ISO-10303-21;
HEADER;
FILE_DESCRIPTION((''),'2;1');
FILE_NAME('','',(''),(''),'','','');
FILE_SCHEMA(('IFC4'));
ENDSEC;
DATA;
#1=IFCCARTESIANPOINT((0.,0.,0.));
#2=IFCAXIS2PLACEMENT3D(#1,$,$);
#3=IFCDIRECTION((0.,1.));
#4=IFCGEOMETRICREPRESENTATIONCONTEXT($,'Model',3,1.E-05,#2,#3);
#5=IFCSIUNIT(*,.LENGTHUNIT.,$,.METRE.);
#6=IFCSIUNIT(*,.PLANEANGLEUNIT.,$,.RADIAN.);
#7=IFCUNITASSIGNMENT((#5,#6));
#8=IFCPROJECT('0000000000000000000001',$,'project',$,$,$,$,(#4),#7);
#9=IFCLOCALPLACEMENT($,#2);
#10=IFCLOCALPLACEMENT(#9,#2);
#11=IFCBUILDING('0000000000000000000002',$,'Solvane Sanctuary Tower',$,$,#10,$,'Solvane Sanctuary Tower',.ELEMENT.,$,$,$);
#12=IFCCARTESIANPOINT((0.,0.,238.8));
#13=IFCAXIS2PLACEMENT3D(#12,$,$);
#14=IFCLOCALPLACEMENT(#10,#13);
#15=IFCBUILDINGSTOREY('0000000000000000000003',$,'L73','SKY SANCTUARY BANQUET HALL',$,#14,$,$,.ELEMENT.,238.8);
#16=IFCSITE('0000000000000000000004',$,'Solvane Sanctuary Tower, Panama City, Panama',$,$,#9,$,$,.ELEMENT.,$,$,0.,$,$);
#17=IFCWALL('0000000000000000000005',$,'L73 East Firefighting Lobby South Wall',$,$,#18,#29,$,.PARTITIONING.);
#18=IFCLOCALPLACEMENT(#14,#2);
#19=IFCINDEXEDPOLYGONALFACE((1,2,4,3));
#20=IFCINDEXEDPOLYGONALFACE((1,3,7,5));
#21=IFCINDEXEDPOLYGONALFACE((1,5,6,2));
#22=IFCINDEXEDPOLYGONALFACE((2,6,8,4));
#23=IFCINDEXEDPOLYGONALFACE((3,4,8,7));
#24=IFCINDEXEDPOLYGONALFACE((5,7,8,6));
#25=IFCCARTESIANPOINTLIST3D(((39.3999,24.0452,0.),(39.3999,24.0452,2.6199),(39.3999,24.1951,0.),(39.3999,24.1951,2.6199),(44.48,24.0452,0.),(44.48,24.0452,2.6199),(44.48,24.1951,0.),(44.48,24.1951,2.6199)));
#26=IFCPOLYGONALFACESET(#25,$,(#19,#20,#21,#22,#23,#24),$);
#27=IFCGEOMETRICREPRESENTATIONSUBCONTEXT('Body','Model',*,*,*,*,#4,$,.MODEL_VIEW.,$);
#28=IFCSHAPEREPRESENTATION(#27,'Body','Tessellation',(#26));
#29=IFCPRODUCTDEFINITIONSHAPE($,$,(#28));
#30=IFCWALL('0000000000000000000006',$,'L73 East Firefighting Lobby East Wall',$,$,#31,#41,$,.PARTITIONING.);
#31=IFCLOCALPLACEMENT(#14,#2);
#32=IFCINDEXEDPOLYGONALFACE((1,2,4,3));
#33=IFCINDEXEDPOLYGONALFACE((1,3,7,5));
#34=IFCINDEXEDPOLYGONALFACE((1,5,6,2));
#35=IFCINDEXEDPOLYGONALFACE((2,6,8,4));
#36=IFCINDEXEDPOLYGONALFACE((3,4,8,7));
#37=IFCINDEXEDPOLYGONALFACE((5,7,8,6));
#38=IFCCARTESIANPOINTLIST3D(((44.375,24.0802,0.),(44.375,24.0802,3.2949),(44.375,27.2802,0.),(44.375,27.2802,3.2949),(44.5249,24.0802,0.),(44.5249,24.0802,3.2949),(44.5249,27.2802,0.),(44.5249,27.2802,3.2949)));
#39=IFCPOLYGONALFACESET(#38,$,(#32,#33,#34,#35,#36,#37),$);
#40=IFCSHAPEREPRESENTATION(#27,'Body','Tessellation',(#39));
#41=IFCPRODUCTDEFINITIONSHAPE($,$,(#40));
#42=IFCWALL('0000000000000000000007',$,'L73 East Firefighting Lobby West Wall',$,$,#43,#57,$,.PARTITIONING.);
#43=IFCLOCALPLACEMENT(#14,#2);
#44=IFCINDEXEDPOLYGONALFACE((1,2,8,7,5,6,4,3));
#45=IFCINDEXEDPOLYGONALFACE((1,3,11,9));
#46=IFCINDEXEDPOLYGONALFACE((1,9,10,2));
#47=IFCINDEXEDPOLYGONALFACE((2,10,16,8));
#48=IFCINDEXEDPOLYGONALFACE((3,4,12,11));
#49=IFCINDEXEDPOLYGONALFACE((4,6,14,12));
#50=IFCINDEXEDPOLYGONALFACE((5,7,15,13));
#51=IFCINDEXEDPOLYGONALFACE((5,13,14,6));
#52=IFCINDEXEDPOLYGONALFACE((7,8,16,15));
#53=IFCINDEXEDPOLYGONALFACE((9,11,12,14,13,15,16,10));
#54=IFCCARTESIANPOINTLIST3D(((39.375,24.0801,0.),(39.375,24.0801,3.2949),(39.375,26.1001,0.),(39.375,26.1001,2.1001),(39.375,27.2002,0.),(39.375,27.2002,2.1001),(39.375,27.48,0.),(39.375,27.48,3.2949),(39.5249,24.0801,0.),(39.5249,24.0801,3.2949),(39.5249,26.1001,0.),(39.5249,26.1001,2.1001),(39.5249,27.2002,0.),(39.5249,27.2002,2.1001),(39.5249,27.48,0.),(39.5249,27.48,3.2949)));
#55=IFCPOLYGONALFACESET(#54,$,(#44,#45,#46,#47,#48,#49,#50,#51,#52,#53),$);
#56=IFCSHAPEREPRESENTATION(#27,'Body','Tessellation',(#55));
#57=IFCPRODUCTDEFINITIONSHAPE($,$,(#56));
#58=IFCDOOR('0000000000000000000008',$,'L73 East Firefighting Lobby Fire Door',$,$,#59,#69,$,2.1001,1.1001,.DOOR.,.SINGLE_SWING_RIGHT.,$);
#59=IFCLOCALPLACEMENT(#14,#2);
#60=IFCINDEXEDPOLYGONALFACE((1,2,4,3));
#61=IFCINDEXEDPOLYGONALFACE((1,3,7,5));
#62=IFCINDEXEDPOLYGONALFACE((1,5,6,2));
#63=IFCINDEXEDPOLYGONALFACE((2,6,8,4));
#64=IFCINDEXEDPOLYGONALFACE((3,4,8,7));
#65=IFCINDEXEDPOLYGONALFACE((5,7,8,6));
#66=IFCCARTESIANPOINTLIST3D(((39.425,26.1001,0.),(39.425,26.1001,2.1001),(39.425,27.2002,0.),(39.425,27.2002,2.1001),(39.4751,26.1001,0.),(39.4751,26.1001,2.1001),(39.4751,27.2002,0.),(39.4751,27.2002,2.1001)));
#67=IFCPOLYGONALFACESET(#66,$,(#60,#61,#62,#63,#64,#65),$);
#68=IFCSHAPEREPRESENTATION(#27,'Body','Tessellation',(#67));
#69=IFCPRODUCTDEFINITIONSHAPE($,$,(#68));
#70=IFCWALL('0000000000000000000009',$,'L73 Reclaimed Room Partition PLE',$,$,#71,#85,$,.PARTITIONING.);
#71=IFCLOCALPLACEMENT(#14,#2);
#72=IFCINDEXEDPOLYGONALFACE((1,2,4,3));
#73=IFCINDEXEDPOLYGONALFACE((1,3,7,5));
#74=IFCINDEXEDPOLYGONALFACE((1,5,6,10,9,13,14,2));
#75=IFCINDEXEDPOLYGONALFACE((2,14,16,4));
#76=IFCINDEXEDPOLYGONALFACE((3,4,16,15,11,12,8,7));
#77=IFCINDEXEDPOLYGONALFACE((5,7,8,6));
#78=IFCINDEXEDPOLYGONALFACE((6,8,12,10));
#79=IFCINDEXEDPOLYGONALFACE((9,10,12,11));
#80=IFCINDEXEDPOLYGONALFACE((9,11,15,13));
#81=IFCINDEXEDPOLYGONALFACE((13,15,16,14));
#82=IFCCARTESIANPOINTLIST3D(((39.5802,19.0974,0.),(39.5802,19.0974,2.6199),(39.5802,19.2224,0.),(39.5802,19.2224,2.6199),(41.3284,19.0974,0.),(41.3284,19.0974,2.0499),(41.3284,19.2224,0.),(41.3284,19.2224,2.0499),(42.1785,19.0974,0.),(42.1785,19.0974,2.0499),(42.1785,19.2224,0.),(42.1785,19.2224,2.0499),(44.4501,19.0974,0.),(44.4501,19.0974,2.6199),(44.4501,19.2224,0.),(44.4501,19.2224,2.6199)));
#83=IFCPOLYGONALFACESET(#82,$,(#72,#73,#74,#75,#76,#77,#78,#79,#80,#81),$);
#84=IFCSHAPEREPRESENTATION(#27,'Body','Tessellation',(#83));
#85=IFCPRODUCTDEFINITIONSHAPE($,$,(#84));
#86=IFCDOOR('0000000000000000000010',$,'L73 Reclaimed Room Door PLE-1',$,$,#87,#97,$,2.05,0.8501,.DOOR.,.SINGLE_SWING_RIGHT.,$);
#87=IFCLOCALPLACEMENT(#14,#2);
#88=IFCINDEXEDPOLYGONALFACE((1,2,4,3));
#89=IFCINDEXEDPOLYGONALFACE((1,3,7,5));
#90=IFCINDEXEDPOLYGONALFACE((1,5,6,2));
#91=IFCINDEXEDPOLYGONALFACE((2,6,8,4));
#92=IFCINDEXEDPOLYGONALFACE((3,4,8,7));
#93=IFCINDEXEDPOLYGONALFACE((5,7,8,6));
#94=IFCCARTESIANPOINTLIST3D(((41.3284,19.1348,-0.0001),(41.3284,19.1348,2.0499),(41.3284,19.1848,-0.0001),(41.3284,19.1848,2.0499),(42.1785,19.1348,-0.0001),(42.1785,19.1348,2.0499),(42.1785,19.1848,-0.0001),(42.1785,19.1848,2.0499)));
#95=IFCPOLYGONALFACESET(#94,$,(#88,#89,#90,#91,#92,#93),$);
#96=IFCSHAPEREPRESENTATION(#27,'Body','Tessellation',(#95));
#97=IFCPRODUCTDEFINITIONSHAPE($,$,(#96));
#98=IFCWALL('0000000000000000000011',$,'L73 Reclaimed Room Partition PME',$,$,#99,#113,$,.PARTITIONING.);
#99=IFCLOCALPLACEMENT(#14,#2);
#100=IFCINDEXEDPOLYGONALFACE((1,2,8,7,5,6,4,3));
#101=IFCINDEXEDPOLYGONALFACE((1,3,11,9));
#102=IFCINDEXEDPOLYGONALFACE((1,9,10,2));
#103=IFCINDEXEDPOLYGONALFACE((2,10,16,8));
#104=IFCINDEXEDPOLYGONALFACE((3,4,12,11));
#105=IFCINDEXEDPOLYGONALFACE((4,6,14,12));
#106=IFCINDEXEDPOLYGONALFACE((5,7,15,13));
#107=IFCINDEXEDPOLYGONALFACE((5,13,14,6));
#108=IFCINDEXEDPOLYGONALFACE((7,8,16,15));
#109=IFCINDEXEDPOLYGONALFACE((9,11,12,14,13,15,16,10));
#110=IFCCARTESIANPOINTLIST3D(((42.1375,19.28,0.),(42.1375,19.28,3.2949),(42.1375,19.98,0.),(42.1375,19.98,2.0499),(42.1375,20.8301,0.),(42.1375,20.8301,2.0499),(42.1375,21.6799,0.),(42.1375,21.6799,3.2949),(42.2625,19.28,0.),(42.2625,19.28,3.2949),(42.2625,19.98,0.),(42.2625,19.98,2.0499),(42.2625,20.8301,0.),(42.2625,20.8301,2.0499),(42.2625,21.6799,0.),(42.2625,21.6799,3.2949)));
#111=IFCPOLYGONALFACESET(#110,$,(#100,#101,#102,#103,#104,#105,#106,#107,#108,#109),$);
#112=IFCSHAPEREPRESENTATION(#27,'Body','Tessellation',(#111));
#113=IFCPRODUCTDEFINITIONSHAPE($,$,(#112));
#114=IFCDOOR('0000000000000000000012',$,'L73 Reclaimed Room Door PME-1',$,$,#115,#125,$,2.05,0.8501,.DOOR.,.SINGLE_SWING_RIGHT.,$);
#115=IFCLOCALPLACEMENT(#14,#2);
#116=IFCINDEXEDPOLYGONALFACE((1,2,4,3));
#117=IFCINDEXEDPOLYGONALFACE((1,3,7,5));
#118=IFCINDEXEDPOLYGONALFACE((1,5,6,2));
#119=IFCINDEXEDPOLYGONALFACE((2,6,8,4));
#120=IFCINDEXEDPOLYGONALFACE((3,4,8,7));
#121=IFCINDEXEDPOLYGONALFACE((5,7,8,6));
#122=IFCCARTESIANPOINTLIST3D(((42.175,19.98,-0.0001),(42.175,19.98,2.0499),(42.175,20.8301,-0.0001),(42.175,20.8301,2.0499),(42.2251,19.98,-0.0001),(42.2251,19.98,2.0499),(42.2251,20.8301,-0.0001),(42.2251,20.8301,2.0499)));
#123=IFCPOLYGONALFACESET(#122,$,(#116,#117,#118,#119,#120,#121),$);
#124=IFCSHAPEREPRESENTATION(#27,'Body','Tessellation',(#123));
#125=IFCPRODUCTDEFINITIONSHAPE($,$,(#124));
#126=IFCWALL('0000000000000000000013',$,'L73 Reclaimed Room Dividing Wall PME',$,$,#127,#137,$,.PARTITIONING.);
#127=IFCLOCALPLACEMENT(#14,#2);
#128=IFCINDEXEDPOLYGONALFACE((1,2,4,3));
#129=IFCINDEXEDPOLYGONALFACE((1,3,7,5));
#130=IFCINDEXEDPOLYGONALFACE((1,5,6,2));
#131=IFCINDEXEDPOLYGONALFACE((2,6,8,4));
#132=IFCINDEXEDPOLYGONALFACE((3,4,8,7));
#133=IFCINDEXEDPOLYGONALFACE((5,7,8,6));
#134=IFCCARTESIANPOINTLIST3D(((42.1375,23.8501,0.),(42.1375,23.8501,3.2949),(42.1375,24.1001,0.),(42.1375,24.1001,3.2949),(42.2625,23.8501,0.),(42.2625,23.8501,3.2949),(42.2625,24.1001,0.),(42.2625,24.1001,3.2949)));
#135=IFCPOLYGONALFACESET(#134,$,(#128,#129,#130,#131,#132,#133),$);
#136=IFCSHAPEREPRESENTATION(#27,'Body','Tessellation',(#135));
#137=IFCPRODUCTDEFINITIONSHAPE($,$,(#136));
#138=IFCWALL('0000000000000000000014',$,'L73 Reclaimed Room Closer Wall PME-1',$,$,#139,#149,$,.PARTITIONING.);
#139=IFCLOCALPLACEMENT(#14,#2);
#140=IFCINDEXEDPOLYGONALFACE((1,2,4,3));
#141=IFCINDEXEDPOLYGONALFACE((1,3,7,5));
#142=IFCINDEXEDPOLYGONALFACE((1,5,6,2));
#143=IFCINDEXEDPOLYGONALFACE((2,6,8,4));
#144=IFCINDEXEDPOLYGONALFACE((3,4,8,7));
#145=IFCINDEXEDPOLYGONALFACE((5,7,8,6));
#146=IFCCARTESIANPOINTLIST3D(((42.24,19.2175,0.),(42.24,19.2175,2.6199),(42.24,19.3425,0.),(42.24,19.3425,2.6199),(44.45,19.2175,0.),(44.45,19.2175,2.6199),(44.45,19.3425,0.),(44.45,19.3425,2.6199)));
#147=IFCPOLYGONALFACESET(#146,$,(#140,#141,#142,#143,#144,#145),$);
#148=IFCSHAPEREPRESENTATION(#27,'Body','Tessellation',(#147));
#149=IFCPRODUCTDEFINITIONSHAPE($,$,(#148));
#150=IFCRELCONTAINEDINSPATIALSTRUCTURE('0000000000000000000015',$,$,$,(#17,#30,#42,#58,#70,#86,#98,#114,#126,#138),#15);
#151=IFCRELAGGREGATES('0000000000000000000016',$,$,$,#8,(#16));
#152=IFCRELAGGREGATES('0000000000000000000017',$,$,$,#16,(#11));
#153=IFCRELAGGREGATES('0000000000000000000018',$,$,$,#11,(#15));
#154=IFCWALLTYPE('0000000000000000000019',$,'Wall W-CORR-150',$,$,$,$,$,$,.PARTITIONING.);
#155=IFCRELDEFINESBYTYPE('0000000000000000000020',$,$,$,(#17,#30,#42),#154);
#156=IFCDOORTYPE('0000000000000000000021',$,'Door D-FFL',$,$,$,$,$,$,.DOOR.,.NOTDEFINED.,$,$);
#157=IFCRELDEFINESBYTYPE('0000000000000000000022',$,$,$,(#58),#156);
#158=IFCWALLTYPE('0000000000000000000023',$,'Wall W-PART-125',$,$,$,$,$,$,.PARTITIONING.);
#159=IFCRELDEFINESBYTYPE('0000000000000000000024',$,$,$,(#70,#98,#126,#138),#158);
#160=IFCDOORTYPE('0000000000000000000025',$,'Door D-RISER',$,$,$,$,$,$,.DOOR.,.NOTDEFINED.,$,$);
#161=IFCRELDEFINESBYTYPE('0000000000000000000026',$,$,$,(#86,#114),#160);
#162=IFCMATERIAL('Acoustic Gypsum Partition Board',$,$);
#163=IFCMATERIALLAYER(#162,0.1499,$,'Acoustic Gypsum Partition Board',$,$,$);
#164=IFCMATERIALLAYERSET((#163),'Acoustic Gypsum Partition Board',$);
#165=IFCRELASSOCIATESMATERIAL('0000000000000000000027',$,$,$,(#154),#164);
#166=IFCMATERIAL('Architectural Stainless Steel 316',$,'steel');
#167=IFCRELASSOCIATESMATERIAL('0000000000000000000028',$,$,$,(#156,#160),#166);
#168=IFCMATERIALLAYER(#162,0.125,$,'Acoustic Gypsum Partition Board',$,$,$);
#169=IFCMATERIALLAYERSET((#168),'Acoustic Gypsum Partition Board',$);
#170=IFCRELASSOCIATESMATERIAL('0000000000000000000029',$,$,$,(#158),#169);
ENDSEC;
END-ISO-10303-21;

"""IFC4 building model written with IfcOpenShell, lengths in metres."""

from ifc_helpers import new_model, si_unit, direction, frame, frame_2d, origin, place, context, subcontext, project, spatial, rectangle, extrude, material, layer, layer_set, type_object, element, fill, save


model = new_model("IFC4")

# Units and contexts
model_context = context("Model", 3, precision=1e-05, world=origin(), true_north=direction((0.0, 1.0)))
body_context = subcontext(model_context, "Body", "Model", "MODEL_VIEW")
ifc_project = project(units=[si_unit("LENGTHUNIT", "METRE"), si_unit("PLANEANGLEUNIT", "RADIAN")], contexts=[model_context])

# Site, building, storey
site_placement = place(None, origin())
site = spatial("IfcSite", under=ifc_project, at=site_placement, Name="Solvane Sanctuary Tower, Panama City, Panama", CompositionType="ELEMENT", RefElevation=0.0)
building_placement = place(site_placement, origin())
building = spatial("IfcBuilding", under=site, at=building_placement, Name="Solvane Sanctuary Tower", LongName="Solvane Sanctuary Tower", CompositionType="ELEMENT")
storey_placement = place(building_placement, frame((0.0, 0.0, 238.8)))
storey = spatial("IfcBuildingStorey", under=building, at=storey_placement, Name="L73", Description="SKY SANCTUARY BANQUET HALL", CompositionType="ELEMENT", Elevation=238.8)

# Walls
ifc_material_1 = material(Name="Acoustic Gypsum Partition Board")
ifc_layer_1 = layer(ifc_material_1, 0.1499, Name="Acoustic Gypsum Partition Board")
ifc_layer_set_1 = layer_set([ifc_layer_1], Name="Acoustic Gypsum Partition Board")
wall_type_1 = type_object("IfcWallType", Name="Wall W-CORR-150", PredefinedType="PARTITIONING", material=ifc_layer_set_1)
wall_1_placement = place(storey_placement, frame((39.3999, 24.1201, 0.0), z_axis=(0.0, 0.0, 1.0), x_axis=(1.0, 0.0, 0.0)))
element("IfcWall", 1, at=wall_1_placement, inside=storey, type_object=wall_type_1, Name="L73 East Firefighting Lobby South Wall", PredefinedType="PARTITIONING", context=body_context, shape_type="SweptSolid", body=[
    extrude(rectangle(XDim=5.0801, YDim=0.1499, at=frame_2d((2.54, 0.0))), origin(), (0.0, 0.0, 1.0), 2.6199),
])
wall_2_placement = place(storey_placement, frame((44.45, 24.0801, 0.0), z_axis=(0.0, 0.0, 1.0), x_axis=(0.0, 1.0, 0.0)))
element("IfcWall", 2, at=wall_2_placement, inside=storey, type_object=wall_type_1, Name="L73 East Firefighting Lobby East Wall", PredefinedType="PARTITIONING", context=body_context, shape_type="SweptSolid", body=[
    extrude(rectangle(XDim=3.2, YDim=0.1499, at=frame_2d((1.6001, 0.0))), origin(), (0.0, 0.0, 1.0), 3.2949),
])

# Walls, openings, doors
wall_3_placement = place(storey_placement, frame((39.45, 24.0801, 0.0), z_axis=(0.0, 0.0, 1.0), x_axis=(0.0, 1.0, 0.0)))
wall_3 = element("IfcWall", 3, at=wall_3_placement, inside=storey, type_object=wall_type_1, Name="L73 East Firefighting Lobby West Wall", PredefinedType="PARTITIONING", context=body_context, shape_type="SweptSolid", body=[
    extrude(rectangle(XDim=3.3999, YDim=0.1499, at=frame_2d((1.7, 0.0))), origin(), (0.0, 0.0, 1.0), 3.2949),
])
opening_1_placement = place(wall_3_placement, frame((2.02, 0.0, 0.0)))
opening_1 = element("IfcOpeningElement", 4, at=opening_1_placement, cuts=wall_3, PredefinedType="OPENING", context=body_context, shape_type="SweptSolid", body=[
    extrude(rectangle(XDim=1.1001, YDim=2.1001, at=frame_2d((0.55, 1.05))), frame((0.0, 0.085, 0.0), z_axis=(0.0, -1.0, 0.0), x_axis=(1.0, 0.0, 0.0)), (0.0, 0.0, 1.0), 0.1699),
])
ifc_material_2 = material(Name="Architectural Stainless Steel 316", Category="steel")
door_type_1 = type_object("IfcDoorType", Name="Door D-FFL", OperationType="NOTDEFINED", PredefinedType="DOOR", material=ifc_material_2)
door_1_placement = place(opening_1_placement, origin())
door_1 = element("IfcDoor", 5, at=door_1_placement, inside=storey, type_object=door_type_1, Name="L73 East Firefighting Lobby Fire Door", OperationType="SINGLE_SWING_RIGHT", OverallHeight=2.1001, OverallWidth=1.1001, PredefinedType="DOOR", context=body_context, shape_type="SweptSolid", body=[
    extrude(rectangle(XDim=1.1001, YDim=2.1001, at=frame_2d((0.55, 1.05))), frame((0.0, 0.0249, 0.0), z_axis=(0.0, -1.0, 0.0), x_axis=(1.0, 0.0, 0.0)), (0.0, 0.0, 1.0), 0.05),
])
fill(opening_1, door_1)
ifc_layer_2 = layer(ifc_material_1, 0.125, Name="Acoustic Gypsum Partition Board")
ifc_layer_set_2 = layer_set([ifc_layer_2], Name="Acoustic Gypsum Partition Board")
wall_type_2 = type_object("IfcWallType", Name="Wall W-PART-125", PredefinedType="PARTITIONING", material=ifc_layer_set_2)
wall_4_placement = place(storey_placement, frame((39.5801, 19.1599, 0.0), z_axis=(0.0, 0.0, 1.0), x_axis=(1.0, 0.0, 0.0)))
wall_4 = element("IfcWall", 6, at=wall_4_placement, inside=storey, type_object=wall_type_2, Name="L73 Reclaimed Room Partition PLE", PredefinedType="PARTITIONING", context=body_context, shape_type="SweptSolid", body=[
    extrude(rectangle(XDim=4.8699, YDim=0.125, at=frame_2d((2.4351, 0.0))), origin(), (0.0, 0.0, 1.0), 2.6199),
])
opening_2_placement = place(wall_4_placement, frame((1.7483, 0.0, 0.0)))
opening_2 = element("IfcOpeningElement", 7, at=opening_2_placement, cuts=wall_4, PredefinedType="OPENING", context=body_context, shape_type="SweptSolid", body=[
    extrude(rectangle(XDim=0.8501, YDim=2.05, at=frame_2d((0.425, 1.0249))), frame((0.0, 0.0725, 0.0), z_axis=(0.0, -1.0, 0.0), x_axis=(1.0, 0.0, 0.0)), (0.0, 0.0, 1.0), 0.145),
])
door_type_2 = type_object("IfcDoorType", Name="Door D-RISER", OperationType="NOTDEFINED", PredefinedType="DOOR", material=ifc_material_2)
door_2_placement = place(opening_2_placement, origin())
door_2 = element("IfcDoor", 8, at=door_2_placement, inside=storey, type_object=door_type_2, Name="L73 Reclaimed Room Door PLE-1", OperationType="SINGLE_SWING_RIGHT", OverallHeight=2.05, OverallWidth=0.8501, PredefinedType="DOOR", context=body_context, shape_type="SweptSolid", body=[
    extrude(rectangle(XDim=0.8501, YDim=2.05, at=frame_2d((0.425, 1.0249))), frame((0.0, 0.0249, 0.0), z_axis=(0.0, -1.0, 0.0), x_axis=(1.0, 0.0, 0.0)), (0.0, 0.0, 1.0), 0.05),
])
fill(opening_2, door_2)
wall_5_placement = place(storey_placement, frame((42.2, 19.28, 0.0), z_axis=(0.0, 0.0, 1.0), x_axis=(0.0, 1.0, 0.0)))
wall_5 = element("IfcWall", 9, at=wall_5_placement, inside=storey, type_object=wall_type_2, Name="L73 Reclaimed Room Partition PME", PredefinedType="PARTITIONING", context=body_context, shape_type="SweptSolid", body=[
    extrude(rectangle(XDim=2.3999, YDim=0.125, at=frame_2d((1.2, 0.0))), origin(), (0.0, 0.0, 1.0), 3.2949),
])
opening_3_placement = place(wall_5_placement, frame((0.7, 0.0, 0.0)))
opening_3 = element("IfcOpeningElement", 10, at=opening_3_placement, cuts=wall_5, PredefinedType="OPENING", context=body_context, shape_type="SweptSolid", body=[
    extrude(rectangle(XDim=0.8501, YDim=2.05, at=frame_2d((0.425, 1.0249))), frame((0.0, 0.0725, 0.0), z_axis=(0.0, -1.0, 0.0), x_axis=(1.0, 0.0, 0.0)), (0.0, 0.0, 1.0), 0.145),
])
door_3_placement = place(opening_3_placement, origin())
door_3 = element("IfcDoor", 11, at=door_3_placement, inside=storey, type_object=door_type_2, Name="L73 Reclaimed Room Door PME-1", OperationType="SINGLE_SWING_RIGHT", OverallHeight=2.05, OverallWidth=0.8501, PredefinedType="DOOR", context=body_context, shape_type="SweptSolid", body=[
    extrude(rectangle(XDim=0.8501, YDim=2.05, at=frame_2d((0.425, 1.0249))), frame((0.0, 0.0249, 0.0), z_axis=(0.0, -1.0, 0.0), x_axis=(1.0, 0.0, 0.0)), (0.0, 0.0, 1.0), 0.05),
])
fill(opening_3, door_3)

# Walls
wall_6_placement = place(storey_placement, frame((42.2, 23.8501, 0.0), z_axis=(0.0, 0.0, 1.0), x_axis=(0.0, 1.0, 0.0)))
element("IfcWall", 12, at=wall_6_placement, inside=storey, type_object=wall_type_2, Name="L73 Reclaimed Room Dividing Wall PME", PredefinedType="PARTITIONING", context=body_context, shape_type="SweptSolid", body=[
    extrude(rectangle(XDim=0.25, YDim=0.125, at=frame_2d((0.125, 0.0))), origin(), (0.0, 0.0, 1.0), 3.2949),
])
wall_7_placement = place(storey_placement, frame((42.24, 19.28, 0.0), z_axis=(0.0, 0.0, 1.0), x_axis=(1.0, 0.0, 0.0)))
element("IfcWall", 13, at=wall_7_placement, inside=storey, type_object=wall_type_2, Name="L73 Reclaimed Room Closer Wall PME-1", PredefinedType="PARTITIONING", context=body_context, shape_type="SweptSolid", body=[
    extrude(rectangle(XDim=2.21, YDim=0.125, at=frame_2d((1.105, 0.0))), origin(), (0.0, 0.0, 1.0), 2.6199),
])

save(model, "model.ifc")
